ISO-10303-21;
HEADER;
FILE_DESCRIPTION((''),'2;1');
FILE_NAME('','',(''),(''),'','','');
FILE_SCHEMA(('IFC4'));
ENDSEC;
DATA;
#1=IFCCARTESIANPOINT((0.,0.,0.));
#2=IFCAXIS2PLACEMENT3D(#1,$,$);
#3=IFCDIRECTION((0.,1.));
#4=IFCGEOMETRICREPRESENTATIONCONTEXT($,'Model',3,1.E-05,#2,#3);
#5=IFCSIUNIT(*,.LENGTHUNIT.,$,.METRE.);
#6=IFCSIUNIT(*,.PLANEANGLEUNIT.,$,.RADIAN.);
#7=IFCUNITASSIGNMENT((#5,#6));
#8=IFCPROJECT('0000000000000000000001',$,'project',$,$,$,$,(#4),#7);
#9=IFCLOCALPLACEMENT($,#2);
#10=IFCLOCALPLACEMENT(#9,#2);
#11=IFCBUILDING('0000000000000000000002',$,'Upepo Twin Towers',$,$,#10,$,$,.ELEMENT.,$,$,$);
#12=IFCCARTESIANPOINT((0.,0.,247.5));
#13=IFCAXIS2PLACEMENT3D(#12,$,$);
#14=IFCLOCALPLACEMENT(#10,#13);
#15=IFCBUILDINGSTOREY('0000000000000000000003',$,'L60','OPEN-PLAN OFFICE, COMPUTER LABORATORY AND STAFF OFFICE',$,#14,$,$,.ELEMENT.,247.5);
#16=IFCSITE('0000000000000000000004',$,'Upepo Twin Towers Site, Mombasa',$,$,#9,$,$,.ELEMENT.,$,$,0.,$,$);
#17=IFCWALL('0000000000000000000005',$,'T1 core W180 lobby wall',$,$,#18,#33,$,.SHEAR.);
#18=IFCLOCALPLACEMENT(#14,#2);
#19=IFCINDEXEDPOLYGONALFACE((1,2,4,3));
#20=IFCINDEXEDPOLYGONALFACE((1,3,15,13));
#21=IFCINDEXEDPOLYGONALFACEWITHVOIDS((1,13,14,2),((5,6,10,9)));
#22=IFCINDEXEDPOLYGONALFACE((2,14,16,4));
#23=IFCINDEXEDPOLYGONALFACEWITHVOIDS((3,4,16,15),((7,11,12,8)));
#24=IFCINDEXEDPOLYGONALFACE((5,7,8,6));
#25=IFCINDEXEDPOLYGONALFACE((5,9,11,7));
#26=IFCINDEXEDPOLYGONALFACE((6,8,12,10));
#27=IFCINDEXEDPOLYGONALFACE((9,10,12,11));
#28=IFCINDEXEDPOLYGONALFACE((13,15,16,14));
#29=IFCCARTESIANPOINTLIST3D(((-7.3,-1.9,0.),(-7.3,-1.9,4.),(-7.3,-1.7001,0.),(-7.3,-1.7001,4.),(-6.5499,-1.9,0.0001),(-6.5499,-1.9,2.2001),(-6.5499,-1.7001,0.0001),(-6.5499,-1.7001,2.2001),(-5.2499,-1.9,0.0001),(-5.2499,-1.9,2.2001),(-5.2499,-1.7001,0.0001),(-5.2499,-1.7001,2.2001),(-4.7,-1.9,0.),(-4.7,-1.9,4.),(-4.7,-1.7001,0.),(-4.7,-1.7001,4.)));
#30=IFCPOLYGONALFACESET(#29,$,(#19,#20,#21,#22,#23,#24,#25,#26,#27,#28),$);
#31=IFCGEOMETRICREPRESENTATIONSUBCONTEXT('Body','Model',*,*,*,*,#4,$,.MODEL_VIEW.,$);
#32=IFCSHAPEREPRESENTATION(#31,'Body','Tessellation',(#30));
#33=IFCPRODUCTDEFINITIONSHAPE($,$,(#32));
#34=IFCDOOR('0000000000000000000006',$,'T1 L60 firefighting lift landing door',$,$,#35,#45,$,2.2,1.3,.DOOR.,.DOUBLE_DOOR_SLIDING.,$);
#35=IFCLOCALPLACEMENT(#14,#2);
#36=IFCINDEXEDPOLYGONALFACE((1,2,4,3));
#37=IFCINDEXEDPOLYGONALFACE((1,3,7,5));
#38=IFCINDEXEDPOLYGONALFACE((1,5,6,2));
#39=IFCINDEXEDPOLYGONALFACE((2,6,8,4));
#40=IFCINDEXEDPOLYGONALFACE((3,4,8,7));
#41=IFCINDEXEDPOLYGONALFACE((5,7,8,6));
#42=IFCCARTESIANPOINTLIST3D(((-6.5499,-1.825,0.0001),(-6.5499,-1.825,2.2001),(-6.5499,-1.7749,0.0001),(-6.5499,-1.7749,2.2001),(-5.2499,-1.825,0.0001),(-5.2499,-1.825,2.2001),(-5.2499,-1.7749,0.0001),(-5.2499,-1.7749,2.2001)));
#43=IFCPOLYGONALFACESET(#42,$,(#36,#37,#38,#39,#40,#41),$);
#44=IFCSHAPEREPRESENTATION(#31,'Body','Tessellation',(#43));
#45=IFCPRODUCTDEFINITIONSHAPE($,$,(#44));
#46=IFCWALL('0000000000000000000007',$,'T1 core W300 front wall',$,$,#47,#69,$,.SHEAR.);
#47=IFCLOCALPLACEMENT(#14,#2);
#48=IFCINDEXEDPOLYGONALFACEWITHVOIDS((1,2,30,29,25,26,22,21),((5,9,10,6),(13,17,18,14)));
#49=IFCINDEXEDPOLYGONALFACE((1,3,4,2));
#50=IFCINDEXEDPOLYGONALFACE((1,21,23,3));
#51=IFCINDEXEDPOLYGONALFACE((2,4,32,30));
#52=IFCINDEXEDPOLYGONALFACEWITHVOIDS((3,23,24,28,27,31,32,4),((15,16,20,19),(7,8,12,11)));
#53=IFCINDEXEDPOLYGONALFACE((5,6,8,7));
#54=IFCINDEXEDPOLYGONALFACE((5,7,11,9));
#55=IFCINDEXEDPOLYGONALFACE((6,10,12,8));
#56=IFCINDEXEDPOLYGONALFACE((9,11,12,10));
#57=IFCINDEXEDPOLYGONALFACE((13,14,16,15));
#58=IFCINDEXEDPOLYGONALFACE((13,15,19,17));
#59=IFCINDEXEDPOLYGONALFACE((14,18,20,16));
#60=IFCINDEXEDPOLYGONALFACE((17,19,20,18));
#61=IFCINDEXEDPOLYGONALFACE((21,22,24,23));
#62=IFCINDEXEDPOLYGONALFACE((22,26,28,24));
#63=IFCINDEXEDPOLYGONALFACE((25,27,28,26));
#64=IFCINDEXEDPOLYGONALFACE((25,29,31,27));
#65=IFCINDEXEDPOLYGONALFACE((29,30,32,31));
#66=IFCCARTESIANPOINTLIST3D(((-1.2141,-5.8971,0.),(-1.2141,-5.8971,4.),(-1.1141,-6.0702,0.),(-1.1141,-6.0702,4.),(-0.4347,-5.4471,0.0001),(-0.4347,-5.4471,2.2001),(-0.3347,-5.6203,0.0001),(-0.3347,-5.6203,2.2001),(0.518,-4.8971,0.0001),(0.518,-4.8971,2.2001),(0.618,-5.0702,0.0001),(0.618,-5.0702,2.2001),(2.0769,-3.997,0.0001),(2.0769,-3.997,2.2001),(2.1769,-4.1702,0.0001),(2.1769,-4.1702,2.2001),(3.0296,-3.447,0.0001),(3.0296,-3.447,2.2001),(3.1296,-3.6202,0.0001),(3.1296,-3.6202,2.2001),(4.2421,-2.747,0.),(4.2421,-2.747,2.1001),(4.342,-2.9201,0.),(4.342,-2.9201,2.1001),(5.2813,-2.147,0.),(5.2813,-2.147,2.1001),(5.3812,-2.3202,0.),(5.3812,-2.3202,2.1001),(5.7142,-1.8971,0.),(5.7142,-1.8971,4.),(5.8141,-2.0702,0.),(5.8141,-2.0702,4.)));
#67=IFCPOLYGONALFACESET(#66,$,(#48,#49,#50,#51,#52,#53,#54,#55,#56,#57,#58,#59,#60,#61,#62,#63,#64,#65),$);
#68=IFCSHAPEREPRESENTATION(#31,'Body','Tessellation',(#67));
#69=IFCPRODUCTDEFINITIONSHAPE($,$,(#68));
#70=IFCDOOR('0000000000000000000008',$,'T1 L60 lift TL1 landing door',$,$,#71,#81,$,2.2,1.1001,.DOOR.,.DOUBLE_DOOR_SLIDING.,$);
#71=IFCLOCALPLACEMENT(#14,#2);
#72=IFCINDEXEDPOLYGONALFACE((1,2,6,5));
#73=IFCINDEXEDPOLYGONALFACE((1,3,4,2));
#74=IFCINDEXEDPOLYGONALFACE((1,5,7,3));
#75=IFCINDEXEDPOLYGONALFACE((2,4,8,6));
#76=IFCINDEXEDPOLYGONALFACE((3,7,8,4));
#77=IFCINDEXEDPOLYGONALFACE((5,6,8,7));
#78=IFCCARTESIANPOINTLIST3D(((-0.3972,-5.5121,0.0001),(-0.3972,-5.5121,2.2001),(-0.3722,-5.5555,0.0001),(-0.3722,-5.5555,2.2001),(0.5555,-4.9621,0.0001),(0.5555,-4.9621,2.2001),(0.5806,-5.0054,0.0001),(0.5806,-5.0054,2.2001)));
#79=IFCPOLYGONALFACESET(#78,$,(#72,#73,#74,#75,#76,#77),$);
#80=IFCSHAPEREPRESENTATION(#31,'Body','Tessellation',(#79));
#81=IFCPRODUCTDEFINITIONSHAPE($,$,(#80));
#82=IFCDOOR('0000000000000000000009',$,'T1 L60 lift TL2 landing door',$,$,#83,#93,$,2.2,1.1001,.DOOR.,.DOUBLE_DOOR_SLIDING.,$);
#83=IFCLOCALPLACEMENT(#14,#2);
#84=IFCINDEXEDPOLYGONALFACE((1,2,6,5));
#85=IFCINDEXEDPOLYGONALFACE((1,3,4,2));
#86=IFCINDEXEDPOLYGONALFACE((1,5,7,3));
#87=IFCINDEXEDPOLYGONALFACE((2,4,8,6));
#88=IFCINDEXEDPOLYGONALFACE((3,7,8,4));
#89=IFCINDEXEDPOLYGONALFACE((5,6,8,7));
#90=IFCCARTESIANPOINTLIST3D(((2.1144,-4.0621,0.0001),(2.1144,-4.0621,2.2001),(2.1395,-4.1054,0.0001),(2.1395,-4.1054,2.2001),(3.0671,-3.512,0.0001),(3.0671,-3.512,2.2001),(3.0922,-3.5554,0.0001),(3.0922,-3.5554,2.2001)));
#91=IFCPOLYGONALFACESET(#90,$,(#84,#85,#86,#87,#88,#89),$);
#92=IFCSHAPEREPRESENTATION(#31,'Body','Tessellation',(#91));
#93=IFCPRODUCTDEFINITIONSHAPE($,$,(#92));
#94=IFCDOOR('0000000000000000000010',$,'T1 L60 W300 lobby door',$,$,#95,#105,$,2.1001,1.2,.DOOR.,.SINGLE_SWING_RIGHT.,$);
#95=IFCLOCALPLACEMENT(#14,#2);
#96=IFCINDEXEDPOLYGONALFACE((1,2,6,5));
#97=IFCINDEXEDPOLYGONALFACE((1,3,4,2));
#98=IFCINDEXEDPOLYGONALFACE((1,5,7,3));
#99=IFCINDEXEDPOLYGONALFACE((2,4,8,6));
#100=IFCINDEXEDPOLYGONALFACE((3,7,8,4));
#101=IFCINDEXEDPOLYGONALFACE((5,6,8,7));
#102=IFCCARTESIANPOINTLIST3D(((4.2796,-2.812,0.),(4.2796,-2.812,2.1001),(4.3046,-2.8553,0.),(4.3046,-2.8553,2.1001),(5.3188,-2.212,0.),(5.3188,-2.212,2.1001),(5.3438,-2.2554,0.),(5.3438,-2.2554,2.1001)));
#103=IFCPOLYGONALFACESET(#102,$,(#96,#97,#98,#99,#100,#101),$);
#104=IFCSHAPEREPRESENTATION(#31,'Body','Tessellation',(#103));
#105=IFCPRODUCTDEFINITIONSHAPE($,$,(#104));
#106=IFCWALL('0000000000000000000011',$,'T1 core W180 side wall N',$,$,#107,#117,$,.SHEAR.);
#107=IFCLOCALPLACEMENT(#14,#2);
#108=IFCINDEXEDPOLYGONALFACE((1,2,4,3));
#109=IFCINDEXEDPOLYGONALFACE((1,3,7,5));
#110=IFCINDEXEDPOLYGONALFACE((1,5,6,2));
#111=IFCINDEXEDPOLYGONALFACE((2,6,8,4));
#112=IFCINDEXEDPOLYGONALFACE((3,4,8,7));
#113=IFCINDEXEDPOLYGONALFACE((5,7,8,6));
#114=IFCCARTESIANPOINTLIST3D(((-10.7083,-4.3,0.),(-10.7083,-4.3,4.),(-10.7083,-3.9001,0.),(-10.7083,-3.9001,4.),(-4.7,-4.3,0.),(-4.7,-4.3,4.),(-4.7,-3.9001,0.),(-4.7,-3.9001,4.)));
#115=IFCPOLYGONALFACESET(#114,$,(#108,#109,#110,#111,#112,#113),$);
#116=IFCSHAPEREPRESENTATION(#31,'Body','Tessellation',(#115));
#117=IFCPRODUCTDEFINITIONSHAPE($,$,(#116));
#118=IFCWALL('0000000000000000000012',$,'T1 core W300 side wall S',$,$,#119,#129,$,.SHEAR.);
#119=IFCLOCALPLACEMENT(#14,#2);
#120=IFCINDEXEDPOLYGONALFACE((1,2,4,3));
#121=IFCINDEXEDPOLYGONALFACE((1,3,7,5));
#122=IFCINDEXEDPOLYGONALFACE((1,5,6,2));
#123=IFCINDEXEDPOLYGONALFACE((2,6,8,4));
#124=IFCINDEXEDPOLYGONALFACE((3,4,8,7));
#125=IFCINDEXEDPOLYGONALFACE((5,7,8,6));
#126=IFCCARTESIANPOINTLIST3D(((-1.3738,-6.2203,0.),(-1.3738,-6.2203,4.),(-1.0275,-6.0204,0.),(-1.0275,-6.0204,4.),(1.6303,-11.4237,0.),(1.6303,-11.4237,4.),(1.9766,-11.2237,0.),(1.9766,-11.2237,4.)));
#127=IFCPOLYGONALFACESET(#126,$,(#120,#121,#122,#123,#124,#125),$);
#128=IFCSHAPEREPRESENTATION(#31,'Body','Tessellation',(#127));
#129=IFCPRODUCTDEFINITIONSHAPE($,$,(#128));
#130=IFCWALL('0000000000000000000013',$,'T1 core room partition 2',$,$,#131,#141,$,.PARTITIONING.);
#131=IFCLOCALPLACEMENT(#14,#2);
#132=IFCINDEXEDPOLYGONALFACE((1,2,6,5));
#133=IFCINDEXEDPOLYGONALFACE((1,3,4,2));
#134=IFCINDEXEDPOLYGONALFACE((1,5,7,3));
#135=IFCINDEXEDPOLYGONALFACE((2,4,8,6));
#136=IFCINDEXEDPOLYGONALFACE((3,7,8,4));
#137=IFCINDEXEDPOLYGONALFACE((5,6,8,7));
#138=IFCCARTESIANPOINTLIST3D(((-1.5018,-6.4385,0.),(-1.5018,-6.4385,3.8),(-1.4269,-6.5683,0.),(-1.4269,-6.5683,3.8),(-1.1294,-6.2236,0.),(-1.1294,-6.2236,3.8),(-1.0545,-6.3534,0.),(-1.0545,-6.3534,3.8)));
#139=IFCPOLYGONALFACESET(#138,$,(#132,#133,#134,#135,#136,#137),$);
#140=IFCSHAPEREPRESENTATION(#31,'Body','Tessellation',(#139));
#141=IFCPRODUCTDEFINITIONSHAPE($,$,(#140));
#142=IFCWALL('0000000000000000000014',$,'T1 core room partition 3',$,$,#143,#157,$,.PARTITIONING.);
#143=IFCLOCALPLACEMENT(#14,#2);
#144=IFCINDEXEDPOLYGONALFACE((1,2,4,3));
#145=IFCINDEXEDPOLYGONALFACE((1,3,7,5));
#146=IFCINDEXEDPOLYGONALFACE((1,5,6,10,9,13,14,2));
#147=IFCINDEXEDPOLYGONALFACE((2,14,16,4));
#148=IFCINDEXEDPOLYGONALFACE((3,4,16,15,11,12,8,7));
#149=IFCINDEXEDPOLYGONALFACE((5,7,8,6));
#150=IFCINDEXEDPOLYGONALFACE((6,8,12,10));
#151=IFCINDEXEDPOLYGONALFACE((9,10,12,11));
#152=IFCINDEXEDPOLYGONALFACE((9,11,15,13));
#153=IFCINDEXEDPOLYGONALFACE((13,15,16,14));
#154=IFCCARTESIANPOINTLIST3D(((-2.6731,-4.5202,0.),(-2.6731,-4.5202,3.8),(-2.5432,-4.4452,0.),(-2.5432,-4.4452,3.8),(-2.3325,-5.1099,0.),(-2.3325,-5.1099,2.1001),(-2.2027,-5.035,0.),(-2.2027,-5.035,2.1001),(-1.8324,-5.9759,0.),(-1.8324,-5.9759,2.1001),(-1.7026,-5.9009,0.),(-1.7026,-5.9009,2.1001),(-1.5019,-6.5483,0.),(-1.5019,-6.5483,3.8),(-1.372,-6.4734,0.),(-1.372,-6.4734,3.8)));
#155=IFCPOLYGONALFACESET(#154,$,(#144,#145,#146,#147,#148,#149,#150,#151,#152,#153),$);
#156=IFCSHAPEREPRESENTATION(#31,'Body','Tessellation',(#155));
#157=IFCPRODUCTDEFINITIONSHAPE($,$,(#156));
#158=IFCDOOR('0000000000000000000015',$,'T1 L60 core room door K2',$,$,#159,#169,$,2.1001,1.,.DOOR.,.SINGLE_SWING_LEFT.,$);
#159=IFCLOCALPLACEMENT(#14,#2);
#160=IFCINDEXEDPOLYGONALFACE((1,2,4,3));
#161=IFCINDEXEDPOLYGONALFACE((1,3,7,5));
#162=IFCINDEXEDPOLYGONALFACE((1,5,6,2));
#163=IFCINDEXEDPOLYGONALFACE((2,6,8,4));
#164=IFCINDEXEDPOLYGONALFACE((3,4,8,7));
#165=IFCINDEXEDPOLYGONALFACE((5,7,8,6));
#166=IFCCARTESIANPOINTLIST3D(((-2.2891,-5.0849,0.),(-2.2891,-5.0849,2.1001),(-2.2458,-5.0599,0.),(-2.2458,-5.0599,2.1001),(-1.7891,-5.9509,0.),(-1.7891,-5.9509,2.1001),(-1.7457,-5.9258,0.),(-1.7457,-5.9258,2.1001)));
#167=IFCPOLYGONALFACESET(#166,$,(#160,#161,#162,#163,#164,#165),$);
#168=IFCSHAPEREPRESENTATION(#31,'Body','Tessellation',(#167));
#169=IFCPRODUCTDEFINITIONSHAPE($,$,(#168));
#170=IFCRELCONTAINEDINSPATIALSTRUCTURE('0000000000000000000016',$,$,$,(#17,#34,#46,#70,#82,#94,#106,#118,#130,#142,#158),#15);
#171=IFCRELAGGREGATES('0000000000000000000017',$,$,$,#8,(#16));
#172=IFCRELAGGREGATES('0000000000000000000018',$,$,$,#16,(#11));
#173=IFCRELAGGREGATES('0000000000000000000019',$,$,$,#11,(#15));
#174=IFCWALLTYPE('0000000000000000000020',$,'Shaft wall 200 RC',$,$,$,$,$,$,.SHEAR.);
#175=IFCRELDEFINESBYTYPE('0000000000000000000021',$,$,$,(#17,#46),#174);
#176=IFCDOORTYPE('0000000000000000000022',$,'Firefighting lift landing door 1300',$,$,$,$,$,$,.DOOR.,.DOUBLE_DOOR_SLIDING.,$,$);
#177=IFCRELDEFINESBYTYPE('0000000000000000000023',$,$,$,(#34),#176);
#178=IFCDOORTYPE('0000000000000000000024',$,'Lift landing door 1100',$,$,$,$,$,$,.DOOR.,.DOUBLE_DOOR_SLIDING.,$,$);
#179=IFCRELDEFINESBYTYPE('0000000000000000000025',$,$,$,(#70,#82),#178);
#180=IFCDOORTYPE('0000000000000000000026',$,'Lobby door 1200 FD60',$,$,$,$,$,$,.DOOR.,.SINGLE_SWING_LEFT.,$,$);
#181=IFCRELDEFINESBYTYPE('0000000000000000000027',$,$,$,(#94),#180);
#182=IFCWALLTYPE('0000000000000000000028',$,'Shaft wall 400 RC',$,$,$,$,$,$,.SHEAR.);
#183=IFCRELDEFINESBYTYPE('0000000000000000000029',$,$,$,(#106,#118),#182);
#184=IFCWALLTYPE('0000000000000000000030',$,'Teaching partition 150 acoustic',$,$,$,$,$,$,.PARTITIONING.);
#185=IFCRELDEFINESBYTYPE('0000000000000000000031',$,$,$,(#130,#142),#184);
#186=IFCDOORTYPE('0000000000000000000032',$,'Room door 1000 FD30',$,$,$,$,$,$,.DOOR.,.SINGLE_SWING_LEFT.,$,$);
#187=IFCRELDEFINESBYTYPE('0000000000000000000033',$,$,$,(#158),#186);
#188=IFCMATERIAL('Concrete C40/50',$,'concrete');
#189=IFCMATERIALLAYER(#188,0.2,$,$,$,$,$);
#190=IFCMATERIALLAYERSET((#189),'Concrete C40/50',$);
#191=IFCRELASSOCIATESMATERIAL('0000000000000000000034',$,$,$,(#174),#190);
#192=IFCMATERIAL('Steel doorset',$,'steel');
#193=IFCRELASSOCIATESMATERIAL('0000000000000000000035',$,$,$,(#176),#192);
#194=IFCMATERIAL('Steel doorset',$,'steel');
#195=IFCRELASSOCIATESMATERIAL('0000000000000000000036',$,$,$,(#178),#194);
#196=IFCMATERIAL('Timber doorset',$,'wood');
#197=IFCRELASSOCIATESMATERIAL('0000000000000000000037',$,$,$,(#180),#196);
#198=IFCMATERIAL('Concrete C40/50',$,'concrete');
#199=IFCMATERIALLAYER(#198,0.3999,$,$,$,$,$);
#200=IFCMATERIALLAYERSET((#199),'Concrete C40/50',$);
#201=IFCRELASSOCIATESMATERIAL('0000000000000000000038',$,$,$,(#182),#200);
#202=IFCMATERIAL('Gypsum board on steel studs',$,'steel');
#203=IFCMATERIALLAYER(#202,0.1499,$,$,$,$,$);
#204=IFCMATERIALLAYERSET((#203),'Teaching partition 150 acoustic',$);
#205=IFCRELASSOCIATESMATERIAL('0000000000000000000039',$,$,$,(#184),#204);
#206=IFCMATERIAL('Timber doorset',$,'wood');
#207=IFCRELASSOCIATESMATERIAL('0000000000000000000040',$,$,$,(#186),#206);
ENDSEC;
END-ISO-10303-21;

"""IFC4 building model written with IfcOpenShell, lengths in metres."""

from ifc_helpers import new_model, si_unit, direction, frame, frame_2d, origin, place, context, subcontext, project, spatial, rectangle, extrude, material, layer, layer_set, type_object, element, fill, save


model = new_model("IFC4")

# Units and contexts
model_context = context("Model", 3, precision=1e-05, world=origin(), true_north=direction((0.0, 1.0)))
body_context = subcontext(model_context, "Body", "Model", "MODEL_VIEW")
ifc_project = project(units=[si_unit("LENGTHUNIT", "METRE"), si_unit("PLANEANGLEUNIT", "RADIAN")], contexts=[model_context])

# Site, building, storey
site_placement = place(None, origin())
site = spatial("IfcSite", under=ifc_project, at=site_placement, Name="Upepo Twin Towers Site, Mombasa", CompositionType="ELEMENT", RefElevation=0.0)
building_placement = place(site_placement, origin())
building = spatial("IfcBuilding", under=site, at=building_placement, Name="Upepo Twin Towers", CompositionType="ELEMENT")
storey_placement = place(building_placement, frame((0.0, 0.0, 247.5)))
storey = spatial("IfcBuildingStorey", under=building, at=storey_placement, Name="L60", Description="OPEN-PLAN OFFICE, COMPUTER LABORATORY AND STAFF OFFICE", CompositionType="ELEMENT", Elevation=247.5)

# Wall, opening, door
ifc_material_1 = material(Name="Concrete C40/50", Category="concrete")
ifc_layer_1 = layer(ifc_material_1, 0.2)
ifc_layer_set_1 = layer_set([ifc_layer_1], Name="Concrete C40/50")
wall_type_1 = type_object("IfcWallType", Name="Shaft wall 200 RC", PredefinedType="SHEAR", material=ifc_layer_set_1)
wall_1_placement = place(storey_placement, frame((-4.7, -1.8, 0.0), z_axis=(0.0, 0.0, 1.0), x_axis=(-1.0, 0.0, 0.0)))
wall_1 = element("IfcWall", 1, at=wall_1_placement, inside=storey, type_object=wall_type_1, Name="T1 core W180 lobby wall", PredefinedType="SHEAR", context=body_context, shape_type="SweptSolid", body=[
    extrude(rectangle(XDim=2.6001, YDim=0.2, at=frame_2d((1.3, 0.0))), origin(), (0.0, 0.0, 1.0), 4.0),
])
opening_1_placement = place(wall_1_placement, frame((0.55, 0.0, 0.0)))
opening_1 = element("IfcOpeningElement", 2, at=opening_1_placement, cuts=wall_1, PredefinedType="OPENING", context=body_context, shape_type="SweptSolid", body=[
    extrude(rectangle(XDim=1.3, YDim=2.2, at=frame_2d((0.6499, 1.1001))), frame((0.0, 0.1099, 0.0), z_axis=(0.0, -1.0, 0.0), x_axis=(1.0, 0.0, 0.0)), (0.0, 0.0, 1.0), 0.22),
])
ifc_material_2 = material(Name="Steel doorset", Category="steel")
door_type_1 = type_object("IfcDoorType", Name="Firefighting lift landing door 1300", OperationType="DOUBLE_DOOR_SLIDING", PredefinedType="DOOR", material=ifc_material_2)
door_1_placement = place(opening_1_placement, origin())
door_1 = element("IfcDoor", 3, at=door_1_placement, inside=storey, type_object=door_type_1, Name="T1 L60 firefighting lift landing door", OperationType="DOUBLE_DOOR_SLIDING", OverallHeight=2.2, OverallWidth=1.3, PredefinedType="DOOR", context=body_context, shape_type="SweptSolid", body=[
    extrude(rectangle(XDim=1.3, YDim=2.2, at=frame_2d((0.6499, 1.1001))), frame((0.0, 0.0249, 0.0), z_axis=(0.0, -1.0, 0.0), x_axis=(1.0, 0.0, 0.0)), (0.0, 0.0, 1.0), 0.05),
])
fill(opening_1, door_1)

# Wall, openings, doors
wall_2_placement = place(storey_placement, frame((-1.1641, -5.9836, 0.0), z_axis=(0.0, 0.0, 1.0), x_axis=(0.866026, 0.499999, 0.0)))
wall_2 = element("IfcWall", 4, at=wall_2_placement, inside=storey, type_object=wall_type_1, Name="T1 core W300 front wall", PredefinedType="SHEAR", context=body_context, shape_type="SweptSolid", body=[
    extrude(rectangle(XDim=8.0, YDim=0.2, at=frame_2d((4.0, 0.0))), origin(), (0.0, 0.0, 1.0), 4.0),
])
opening_2_placement = place(wall_2_placement, frame((6.3, 0.0, 0.0)))
opening_2 = element("IfcOpeningElement", 5, at=opening_2_placement, cuts=wall_2, PredefinedType="OPENING", context=body_context, shape_type="SweptSolid", body=[
    extrude(rectangle(XDim=1.2, YDim=2.1001, at=frame_2d((0.6001, 1.05))), frame((0.0, 0.1099, 0.0), z_axis=(0.0, -1.0, 0.0), x_axis=(1.0, 0.0, 0.0)), (0.0, 0.0, 1.0), 0.22),
])
opening_3_placement = place(wall_2_placement, frame((0.8999, 0.0, 0.0)))
opening_3 = element("IfcOpeningElement", 6, at=opening_3_placement, cuts=wall_2, PredefinedType="OPENING", context=body_context, shape_type="SweptSolid", body=[
    extrude(rectangle(XDim=1.1001, YDim=2.2, at=frame_2d((0.55, 1.1001))), frame((0.0, 0.1099, 0.0), z_axis=(0.0, -1.0, 0.0), x_axis=(1.0, 0.0, 0.0)), (0.0, 0.0, 1.0), 0.22),
])
opening_4_placement = place(wall_2_placement, frame((3.8, 0.0, 0.0)))
opening_4 = element("IfcOpeningElement", 7, at=opening_4_placement, cuts=wall_2, PredefinedType="OPENING", context=body_context, shape_type="SweptSolid", body=[
    extrude(rectangle(XDim=1.1001, YDim=2.2, at=frame_2d((0.55, 1.1001))), frame((0.0, 0.1099, 0.0), z_axis=(0.0, -1.0, 0.0), x_axis=(1.0, 0.0, 0.0)), (0.0, 0.0, 1.0), 0.22),
])
ifc_material_3 = material(Name="Steel doorset", Category="steel")
door_type_2 = type_object("IfcDoorType", Name="Lift landing door 1100", OperationType="DOUBLE_DOOR_SLIDING", PredefinedType="DOOR", material=ifc_material_3)
door_2_placement = place(opening_3_placement, origin())
door_2 = element("IfcDoor", 8, at=door_2_placement, inside=storey, type_object=door_type_2, Name="T1 L60 lift TL1 landing door", OperationType="DOUBLE_DOOR_SLIDING", OverallHeight=2.2, OverallWidth=1.1001, PredefinedType="DOOR", context=body_context, shape_type="SweptSolid", body=[
    extrude(rectangle(XDim=1.1001, YDim=2.2, at=frame_2d((0.55, 1.1001))), frame((0.0, 0.0249, 0.0), z_axis=(0.0, -1.0, 0.0), x_axis=(1.0, 0.0, 0.0)), (0.0, 0.0, 1.0), 0.05),
])
fill(opening_3, door_2)
door_3_placement = place(opening_4_placement, origin())
door_3 = element("IfcDoor", 9, at=door_3_placement, inside=storey, type_object=door_type_2, Name="T1 L60 lift TL2 landing door", OperationType="DOUBLE_DOOR_SLIDING", OverallHeight=2.2, OverallWidth=1.1001, PredefinedType="DOOR", context=body_context, shape_type="SweptSolid", body=[
    extrude(rectangle(XDim=1.1001, YDim=2.2, at=frame_2d((0.55, 1.1001))), frame((0.0, 0.0249, 0.0), z_axis=(0.0, -1.0, 0.0), x_axis=(1.0, 0.0, 0.0)), (0.0, 0.0, 1.0), 0.05),
])
fill(opening_4, door_3)
ifc_material_4 = material(Name="Timber doorset", Category="wood")
door_type_3 = type_object("IfcDoorType", Name="Lobby door 1200 FD60", OperationType="SINGLE_SWING_LEFT", PredefinedType="DOOR", material=ifc_material_4)
door_4_placement = place(opening_2_placement, origin())
door_4 = element("IfcDoor", 10, at=door_4_placement, inside=storey, type_object=door_type_3, Name="T1 L60 W300 lobby door", OperationType="SINGLE_SWING_RIGHT", OverallHeight=2.1001, OverallWidth=1.2, PredefinedType="DOOR", context=body_context, shape_type="SweptSolid", body=[
    extrude(rectangle(XDim=1.2, YDim=2.1001, at=frame_2d((0.6001, 1.05))), frame((0.0, 0.0249, 0.0), z_axis=(0.0, -1.0, 0.0), x_axis=(1.0, 0.0, 0.0)), (0.0, 0.0, 1.0), 0.05),
])
fill(opening_2, door_4)

# Walls
ifc_material_5 = material(Name="Concrete C40/50", Category="concrete")
ifc_layer_2 = layer(ifc_material_5, 0.3999)
ifc_layer_set_2 = layer_set([ifc_layer_2], Name="Concrete C40/50")
wall_type_2 = type_object("IfcWallType", Name="Shaft wall 400 RC", PredefinedType="SHEAR", material=ifc_layer_set_2)
for number, where, z_axis, x_axis, name in (
    (11, (-4.7, -4.1001, 0.0), (0.0, 0.0, 1.0), (-1.0, 0.0, 0.0), "T1 core W180 side wall N"),
    (12, (-1.2007, -6.1204, 0.0), (0.0, 0.0, 1.0), (0.499998, -0.866027, 0.0), "T1 core W300 side wall S"),
):
    element("IfcWall", number, at=place(storey_placement, frame(where, z_axis=z_axis, x_axis=x_axis)), inside=storey, type_object=wall_type_2, Name=name, PredefinedType="SHEAR", context=body_context, shape_type="SweptSolid", body=[
        extrude(rectangle(XDim=6.0083, YDim=0.3999, at=frame_2d((3.0042, 0.0))), origin(), (0.0, 0.0, 1.0), 4.0),
    ])
ifc_material_6 = material(Name="Gypsum board on steel studs", Category="steel")
ifc_layer_3 = layer(ifc_material_6, 0.1499)
ifc_layer_set_3 = layer_set([ifc_layer_3], Name="Teaching partition 150 acoustic")
wall_type_3 = type_object("IfcWallType", Name="Teaching partition 150 acoustic", PredefinedType="PARTITIONING", material=ifc_layer_set_3)
wall_3_placement = place(storey_placement, frame((-1.092, -6.2886, 0.0), z_axis=(0.0, 0.0, 1.0), x_axis=(-0.866138, -0.499804, 0.0)))
element("IfcWall", 13, at=wall_3_placement, inside=storey, type_object=wall_type_3, Name="T1 core room partition 2", PredefinedType="PARTITIONING", context=body_context, shape_type="SweptSolid", body=[
    extrude(rectangle(XDim=0.4299, YDim=0.1499, at=frame_2d((0.2148, 0.0))), origin(), (0.0, 0.0, 1.0), 3.8),
])

# Wall, opening, door
wall_4_placement = place(storey_placement, frame((-1.437, -6.5107, 0.0), z_axis=(0.0, 0.0, 1.0), x_axis=(-0.500074, 0.865982, 0.0)))
wall_4 = element("IfcWall", 14, at=wall_4_placement, inside=storey, type_object=wall_type_3, Name="T1 core room partition 3", PredefinedType="PARTITIONING", context=body_context, shape_type="SweptSolid", body=[
    extrude(rectangle(XDim=2.342, YDim=0.1499, at=frame_2d((1.1709, 0.0))), origin(), (0.0, 0.0, 1.0), 3.8),
])
opening_5_placement = place(wall_4_placement, frame((0.6609, 0.0, 0.0)))
opening_5 = element("IfcOpeningElement", 15, at=opening_5_placement, cuts=wall_4, PredefinedType="OPENING", context=body_context, shape_type="SweptSolid", body=[
    extrude(rectangle(XDim=1.0, YDim=2.1001, at=frame_2d((0.5, 1.05))), frame((0.0, 0.085, 0.0), z_axis=(0.0, -1.0, 0.0), x_axis=(1.0, 0.0, 0.0)), (0.0, 0.0, 1.0), 0.1699),
])
ifc_material_7 = material(Name="Timber doorset", Category="wood")
door_type_4 = type_object("IfcDoorType", Name="Room door 1000 FD30", OperationType="SINGLE_SWING_LEFT", PredefinedType="DOOR", material=ifc_material_7)
door_5_placement = place(opening_5_placement, origin())
door_5 = element("IfcDoor", 16, at=door_5_placement, inside=storey, type_object=door_type_4, Name="T1 L60 core room door K2", OperationType="SINGLE_SWING_LEFT", OverallHeight=2.1001, OverallWidth=1.0, PredefinedType="DOOR", context=body_context, shape_type="SweptSolid", body=[
    extrude(rectangle(XDim=1.0, YDim=2.1001, at=frame_2d((0.5, 1.05))), frame((0.0, 0.0249, 0.0), z_axis=(0.0, -1.0, 0.0), x_axis=(1.0, 0.0, 0.0)), (0.0, 0.0, 1.0), 0.05),
])
fill(opening_5, door_5)

save(model, "model.ifc")
